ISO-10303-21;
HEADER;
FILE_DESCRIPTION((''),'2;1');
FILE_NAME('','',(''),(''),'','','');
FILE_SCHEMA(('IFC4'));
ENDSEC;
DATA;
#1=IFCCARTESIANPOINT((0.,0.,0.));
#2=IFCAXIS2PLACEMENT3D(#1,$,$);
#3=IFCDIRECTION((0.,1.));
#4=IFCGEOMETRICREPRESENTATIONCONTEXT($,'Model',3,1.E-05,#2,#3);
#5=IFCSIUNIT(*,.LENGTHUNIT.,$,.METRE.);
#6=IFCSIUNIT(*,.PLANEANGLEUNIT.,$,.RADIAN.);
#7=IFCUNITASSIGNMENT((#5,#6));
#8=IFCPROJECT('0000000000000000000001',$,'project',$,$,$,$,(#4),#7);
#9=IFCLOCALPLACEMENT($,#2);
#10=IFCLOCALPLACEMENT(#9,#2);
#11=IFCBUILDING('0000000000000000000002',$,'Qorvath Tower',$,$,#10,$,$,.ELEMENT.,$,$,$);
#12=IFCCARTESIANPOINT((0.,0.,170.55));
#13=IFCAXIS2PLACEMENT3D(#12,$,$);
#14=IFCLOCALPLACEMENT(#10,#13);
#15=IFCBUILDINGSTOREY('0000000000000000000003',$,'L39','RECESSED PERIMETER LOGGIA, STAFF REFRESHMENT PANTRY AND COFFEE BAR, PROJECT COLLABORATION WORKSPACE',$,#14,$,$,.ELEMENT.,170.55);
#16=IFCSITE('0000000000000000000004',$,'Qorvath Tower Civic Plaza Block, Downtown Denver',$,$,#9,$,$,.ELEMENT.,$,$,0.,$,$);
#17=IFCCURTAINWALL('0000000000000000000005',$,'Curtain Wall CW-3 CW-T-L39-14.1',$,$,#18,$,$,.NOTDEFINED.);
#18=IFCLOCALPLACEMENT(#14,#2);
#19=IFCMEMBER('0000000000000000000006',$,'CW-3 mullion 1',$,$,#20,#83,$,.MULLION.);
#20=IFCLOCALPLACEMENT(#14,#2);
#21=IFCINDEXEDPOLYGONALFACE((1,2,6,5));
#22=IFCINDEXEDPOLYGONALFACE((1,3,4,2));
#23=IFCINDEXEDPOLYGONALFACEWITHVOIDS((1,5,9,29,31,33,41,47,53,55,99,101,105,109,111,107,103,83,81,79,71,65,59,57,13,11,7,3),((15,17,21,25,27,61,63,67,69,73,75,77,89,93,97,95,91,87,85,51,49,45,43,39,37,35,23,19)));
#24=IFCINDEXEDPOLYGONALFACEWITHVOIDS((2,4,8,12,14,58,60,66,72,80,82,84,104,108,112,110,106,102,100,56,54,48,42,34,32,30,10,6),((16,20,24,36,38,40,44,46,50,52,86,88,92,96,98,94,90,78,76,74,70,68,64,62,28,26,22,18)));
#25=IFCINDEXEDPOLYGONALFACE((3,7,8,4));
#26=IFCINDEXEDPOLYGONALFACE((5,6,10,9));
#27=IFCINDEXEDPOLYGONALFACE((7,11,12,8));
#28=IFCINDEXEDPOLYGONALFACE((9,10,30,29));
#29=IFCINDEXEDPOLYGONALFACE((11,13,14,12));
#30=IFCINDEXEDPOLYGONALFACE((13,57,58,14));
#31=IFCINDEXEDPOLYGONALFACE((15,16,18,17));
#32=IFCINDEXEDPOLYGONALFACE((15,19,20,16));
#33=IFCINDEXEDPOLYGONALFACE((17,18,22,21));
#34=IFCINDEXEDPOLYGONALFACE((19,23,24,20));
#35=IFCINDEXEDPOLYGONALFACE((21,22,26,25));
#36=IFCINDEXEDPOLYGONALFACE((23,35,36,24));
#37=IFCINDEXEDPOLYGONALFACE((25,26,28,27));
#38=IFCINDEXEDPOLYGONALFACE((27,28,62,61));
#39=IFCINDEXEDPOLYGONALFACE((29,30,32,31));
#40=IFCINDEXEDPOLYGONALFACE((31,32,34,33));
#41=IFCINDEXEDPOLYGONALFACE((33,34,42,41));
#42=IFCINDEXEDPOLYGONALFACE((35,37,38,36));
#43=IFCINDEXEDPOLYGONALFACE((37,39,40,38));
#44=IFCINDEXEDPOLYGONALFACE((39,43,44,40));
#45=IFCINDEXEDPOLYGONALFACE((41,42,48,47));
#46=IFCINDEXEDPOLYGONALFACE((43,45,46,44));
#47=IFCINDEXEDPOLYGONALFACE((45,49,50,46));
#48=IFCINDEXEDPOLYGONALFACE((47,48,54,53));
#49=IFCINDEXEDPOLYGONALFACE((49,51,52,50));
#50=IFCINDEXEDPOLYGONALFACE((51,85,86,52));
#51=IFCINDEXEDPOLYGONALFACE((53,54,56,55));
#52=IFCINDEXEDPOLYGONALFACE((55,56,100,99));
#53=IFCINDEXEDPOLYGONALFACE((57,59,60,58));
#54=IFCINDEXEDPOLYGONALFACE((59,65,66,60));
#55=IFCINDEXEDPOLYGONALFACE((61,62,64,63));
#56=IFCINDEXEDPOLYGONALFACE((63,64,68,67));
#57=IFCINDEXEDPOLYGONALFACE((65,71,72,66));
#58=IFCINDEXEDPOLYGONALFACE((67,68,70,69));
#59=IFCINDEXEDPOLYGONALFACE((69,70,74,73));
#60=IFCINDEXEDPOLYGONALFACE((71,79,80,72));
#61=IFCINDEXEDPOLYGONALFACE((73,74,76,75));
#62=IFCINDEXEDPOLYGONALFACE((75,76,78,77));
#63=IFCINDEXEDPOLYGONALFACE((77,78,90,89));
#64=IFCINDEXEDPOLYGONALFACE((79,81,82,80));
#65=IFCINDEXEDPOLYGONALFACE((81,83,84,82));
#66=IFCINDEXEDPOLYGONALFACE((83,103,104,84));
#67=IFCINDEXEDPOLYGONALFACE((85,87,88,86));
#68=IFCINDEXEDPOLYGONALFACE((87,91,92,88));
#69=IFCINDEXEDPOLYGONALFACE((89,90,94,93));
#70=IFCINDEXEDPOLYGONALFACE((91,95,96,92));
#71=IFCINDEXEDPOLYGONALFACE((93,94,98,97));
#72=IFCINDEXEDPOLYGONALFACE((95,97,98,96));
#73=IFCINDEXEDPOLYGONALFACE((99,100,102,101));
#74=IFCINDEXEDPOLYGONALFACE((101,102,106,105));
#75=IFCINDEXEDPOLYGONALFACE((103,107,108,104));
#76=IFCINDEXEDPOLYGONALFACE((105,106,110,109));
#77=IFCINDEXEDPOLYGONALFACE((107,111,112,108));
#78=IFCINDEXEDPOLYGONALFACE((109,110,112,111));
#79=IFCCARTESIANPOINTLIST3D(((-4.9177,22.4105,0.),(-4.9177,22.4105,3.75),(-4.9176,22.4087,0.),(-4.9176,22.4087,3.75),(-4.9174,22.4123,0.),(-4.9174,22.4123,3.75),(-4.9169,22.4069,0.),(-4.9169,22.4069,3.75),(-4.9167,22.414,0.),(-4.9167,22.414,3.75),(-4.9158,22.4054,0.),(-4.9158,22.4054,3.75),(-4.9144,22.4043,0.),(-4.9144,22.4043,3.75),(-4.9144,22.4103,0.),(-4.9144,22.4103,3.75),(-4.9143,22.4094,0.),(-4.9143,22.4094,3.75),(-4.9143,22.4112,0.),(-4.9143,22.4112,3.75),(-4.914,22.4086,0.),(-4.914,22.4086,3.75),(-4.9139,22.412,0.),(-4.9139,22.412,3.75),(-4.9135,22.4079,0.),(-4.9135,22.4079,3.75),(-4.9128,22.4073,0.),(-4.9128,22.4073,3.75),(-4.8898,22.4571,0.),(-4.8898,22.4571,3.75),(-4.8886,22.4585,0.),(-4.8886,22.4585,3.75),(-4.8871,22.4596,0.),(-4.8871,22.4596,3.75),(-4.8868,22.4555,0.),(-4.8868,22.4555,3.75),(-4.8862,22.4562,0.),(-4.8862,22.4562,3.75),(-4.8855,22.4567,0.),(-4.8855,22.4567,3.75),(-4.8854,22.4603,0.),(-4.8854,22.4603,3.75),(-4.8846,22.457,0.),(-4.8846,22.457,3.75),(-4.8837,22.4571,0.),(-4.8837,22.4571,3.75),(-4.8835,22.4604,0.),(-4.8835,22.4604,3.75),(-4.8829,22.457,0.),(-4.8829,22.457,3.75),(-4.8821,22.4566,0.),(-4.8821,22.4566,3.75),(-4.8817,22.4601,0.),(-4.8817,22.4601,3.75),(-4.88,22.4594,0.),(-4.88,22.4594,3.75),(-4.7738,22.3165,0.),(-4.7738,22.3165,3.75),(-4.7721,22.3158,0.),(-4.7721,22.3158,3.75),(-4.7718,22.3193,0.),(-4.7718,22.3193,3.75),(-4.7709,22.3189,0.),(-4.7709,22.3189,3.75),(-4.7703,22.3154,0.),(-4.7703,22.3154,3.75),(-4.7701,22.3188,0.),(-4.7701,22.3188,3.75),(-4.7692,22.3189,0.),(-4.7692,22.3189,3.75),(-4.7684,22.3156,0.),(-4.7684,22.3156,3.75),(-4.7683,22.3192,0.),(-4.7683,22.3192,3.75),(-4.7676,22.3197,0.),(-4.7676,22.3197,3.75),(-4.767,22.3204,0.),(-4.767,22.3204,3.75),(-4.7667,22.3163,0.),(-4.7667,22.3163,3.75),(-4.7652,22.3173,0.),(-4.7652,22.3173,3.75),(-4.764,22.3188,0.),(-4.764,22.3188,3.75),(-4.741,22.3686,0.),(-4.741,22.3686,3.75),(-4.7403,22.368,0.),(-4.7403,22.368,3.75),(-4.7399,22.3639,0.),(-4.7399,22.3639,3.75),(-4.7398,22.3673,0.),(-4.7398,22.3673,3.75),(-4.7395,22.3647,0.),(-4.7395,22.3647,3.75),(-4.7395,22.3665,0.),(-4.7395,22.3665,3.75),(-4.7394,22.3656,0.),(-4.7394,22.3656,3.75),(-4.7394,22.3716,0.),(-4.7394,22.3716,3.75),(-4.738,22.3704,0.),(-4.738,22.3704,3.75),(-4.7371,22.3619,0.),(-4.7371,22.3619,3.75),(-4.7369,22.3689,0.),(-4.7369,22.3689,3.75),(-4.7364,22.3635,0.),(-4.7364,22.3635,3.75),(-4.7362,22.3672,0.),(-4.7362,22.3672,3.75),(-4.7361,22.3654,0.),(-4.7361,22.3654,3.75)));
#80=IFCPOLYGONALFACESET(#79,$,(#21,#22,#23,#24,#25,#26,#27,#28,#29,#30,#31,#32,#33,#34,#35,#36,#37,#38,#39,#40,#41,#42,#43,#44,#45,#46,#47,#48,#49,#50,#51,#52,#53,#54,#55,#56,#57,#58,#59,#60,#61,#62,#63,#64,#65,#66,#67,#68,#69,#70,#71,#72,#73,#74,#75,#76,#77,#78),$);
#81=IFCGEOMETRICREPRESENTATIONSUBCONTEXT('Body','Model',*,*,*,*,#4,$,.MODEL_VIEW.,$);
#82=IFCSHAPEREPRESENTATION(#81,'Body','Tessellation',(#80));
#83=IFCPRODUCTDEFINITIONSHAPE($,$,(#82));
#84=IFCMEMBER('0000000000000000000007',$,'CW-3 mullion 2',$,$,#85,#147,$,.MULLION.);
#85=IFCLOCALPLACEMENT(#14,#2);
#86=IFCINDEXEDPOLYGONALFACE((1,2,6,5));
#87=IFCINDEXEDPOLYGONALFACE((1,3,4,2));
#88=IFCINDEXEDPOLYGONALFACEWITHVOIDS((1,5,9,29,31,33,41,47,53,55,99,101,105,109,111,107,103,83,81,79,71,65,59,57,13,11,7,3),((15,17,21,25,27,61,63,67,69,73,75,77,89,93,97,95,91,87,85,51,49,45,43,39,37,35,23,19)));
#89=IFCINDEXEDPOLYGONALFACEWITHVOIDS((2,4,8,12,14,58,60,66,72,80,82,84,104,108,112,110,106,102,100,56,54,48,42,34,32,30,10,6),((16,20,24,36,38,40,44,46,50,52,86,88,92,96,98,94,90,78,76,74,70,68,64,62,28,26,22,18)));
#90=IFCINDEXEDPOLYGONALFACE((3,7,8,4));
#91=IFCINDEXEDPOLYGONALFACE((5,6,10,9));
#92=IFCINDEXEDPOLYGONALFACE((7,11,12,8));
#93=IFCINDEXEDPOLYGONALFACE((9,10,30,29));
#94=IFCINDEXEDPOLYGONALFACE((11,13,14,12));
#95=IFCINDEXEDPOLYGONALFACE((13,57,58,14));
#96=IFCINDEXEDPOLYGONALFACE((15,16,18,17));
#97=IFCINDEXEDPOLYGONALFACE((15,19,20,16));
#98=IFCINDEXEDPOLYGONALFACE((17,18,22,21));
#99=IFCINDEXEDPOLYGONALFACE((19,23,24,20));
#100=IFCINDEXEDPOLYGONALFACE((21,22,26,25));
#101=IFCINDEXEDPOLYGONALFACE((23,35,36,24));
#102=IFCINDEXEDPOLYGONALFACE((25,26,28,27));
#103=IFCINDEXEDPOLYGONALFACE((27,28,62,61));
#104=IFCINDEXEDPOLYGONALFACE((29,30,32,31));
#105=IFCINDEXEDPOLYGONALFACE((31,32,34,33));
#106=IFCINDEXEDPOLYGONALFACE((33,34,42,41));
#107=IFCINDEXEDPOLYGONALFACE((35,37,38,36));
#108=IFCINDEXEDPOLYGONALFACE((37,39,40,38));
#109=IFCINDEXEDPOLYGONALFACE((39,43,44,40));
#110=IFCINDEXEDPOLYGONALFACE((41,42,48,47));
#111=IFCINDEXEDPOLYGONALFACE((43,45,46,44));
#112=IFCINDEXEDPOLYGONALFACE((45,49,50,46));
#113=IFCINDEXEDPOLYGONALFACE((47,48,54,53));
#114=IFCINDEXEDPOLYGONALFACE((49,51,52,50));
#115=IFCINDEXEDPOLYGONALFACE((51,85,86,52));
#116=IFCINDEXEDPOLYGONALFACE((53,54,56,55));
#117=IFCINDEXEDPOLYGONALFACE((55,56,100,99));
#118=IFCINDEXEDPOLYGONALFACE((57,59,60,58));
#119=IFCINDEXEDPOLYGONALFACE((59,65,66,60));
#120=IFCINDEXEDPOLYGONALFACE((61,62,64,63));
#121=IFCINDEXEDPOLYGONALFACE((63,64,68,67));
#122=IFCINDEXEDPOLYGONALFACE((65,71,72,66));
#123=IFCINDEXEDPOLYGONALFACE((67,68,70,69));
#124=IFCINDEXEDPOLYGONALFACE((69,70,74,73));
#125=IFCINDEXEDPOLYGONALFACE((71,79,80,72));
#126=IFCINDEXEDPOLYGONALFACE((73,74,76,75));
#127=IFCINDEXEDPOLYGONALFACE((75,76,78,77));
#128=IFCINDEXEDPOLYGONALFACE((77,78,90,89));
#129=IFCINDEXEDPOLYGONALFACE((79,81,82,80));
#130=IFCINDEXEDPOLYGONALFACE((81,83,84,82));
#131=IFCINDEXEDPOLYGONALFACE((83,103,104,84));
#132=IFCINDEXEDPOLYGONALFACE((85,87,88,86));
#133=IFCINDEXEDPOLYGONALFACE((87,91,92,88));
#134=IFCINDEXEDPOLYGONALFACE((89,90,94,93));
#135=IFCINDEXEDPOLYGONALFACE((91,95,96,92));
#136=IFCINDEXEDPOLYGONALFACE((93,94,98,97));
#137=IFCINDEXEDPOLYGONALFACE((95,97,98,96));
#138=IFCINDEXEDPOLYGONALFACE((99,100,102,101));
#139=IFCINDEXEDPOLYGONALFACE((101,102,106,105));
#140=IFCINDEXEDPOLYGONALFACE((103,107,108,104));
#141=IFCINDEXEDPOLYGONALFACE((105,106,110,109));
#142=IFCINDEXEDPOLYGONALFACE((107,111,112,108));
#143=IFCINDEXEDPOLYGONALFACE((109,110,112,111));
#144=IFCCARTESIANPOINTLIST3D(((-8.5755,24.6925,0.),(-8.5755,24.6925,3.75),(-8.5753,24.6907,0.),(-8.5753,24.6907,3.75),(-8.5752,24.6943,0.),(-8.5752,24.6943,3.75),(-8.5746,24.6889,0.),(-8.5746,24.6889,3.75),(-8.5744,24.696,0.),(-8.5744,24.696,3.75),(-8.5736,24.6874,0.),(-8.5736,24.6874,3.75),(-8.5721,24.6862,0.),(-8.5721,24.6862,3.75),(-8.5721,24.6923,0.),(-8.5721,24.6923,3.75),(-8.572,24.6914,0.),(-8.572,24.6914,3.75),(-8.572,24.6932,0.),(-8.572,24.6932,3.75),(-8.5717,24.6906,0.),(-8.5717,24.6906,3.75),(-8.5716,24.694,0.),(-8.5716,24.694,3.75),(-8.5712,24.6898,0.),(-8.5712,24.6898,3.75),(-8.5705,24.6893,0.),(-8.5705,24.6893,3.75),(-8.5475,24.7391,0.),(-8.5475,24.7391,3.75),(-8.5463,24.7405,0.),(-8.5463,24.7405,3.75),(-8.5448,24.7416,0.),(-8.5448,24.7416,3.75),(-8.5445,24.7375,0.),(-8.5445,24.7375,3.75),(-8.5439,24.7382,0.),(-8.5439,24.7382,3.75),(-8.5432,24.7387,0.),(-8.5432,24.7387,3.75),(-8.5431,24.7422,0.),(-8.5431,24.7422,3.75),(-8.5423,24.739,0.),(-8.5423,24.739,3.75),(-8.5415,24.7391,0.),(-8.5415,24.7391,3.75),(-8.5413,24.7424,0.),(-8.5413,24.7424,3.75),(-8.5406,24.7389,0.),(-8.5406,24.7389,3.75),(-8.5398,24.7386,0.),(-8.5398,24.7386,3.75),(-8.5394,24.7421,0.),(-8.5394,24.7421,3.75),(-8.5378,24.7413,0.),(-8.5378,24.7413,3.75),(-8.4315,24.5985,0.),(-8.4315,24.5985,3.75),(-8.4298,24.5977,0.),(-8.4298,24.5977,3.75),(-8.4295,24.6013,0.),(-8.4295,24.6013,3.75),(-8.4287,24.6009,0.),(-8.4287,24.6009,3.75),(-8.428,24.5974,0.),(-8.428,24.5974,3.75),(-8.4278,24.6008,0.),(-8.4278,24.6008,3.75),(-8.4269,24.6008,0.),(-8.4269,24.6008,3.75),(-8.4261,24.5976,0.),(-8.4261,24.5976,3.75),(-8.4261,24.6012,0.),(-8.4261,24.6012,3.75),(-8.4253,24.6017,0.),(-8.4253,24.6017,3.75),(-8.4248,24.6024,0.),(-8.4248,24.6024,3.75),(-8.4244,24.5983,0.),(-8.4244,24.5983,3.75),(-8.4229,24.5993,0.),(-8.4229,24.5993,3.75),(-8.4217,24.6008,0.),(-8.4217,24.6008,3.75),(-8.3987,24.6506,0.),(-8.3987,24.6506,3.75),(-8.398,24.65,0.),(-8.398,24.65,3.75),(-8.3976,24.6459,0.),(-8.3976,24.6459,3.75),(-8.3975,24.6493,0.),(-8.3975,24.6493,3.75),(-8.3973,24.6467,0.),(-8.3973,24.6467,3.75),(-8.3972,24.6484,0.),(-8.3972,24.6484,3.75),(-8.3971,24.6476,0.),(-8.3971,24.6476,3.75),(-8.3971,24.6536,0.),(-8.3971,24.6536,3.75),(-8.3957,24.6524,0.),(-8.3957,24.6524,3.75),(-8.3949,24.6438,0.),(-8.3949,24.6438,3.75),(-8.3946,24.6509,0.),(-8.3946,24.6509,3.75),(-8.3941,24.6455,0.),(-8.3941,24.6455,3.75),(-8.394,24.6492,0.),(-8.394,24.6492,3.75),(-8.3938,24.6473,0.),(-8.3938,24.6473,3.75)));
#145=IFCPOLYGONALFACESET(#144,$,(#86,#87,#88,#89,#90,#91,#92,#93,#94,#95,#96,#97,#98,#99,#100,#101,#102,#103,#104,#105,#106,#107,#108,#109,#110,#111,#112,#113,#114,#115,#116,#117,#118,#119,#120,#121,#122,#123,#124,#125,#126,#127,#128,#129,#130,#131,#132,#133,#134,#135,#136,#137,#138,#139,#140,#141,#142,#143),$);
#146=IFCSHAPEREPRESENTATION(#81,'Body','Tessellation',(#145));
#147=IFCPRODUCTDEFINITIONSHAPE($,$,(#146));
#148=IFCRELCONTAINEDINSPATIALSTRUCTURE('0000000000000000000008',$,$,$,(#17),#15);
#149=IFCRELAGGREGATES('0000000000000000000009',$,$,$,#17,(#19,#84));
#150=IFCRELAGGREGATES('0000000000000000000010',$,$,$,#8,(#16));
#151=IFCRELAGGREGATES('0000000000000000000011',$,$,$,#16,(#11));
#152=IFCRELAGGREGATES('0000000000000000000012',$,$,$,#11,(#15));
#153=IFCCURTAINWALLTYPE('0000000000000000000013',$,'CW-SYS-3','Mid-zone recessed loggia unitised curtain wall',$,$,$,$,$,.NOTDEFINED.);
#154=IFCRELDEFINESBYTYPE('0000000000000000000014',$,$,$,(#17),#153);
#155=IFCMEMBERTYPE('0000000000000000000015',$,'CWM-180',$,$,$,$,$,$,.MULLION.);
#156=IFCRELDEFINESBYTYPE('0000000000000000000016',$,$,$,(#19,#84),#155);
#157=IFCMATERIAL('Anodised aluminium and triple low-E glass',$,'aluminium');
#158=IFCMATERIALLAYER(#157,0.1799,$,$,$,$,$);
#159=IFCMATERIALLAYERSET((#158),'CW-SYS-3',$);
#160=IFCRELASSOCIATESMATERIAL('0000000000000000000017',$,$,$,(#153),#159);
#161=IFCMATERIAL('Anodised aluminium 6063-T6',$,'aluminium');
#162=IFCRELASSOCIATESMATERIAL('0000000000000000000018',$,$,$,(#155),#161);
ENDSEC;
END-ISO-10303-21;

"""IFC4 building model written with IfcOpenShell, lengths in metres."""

from ifc_helpers import new_model, si_unit, direction, frame, origin, origin_2d, place, context, subcontext, project, spatial, hollow_rectangle, extrude, material, layer, layer_set, material_profile, profile_set, type_object, element, aggregate, save


model = new_model("IFC4")

# Units and contexts
model_context = context("Model", 3, precision=1e-05, world=origin(), true_north=direction((0.0, 1.0)))
body_context = subcontext(model_context, "Body", "Model", "MODEL_VIEW")
ifc_project = project(units=[si_unit("LENGTHUNIT", "METRE"), si_unit("PLANEANGLEUNIT", "RADIAN")], contexts=[model_context])

# Site, building, storey
site_placement = place(None, origin())
site = spatial("IfcSite", under=ifc_project, at=site_placement, Name="Qorvath Tower Civic Plaza Block, Downtown Denver", CompositionType="ELEMENT", RefElevation=0.0)
building_placement = place(site_placement, origin())
building = spatial("IfcBuilding", under=site, at=building_placement, Name="Qorvath Tower", CompositionType="ELEMENT")
storey_placement = place(building_placement, frame((0.0, 0.0, 170.55)))
storey = spatial("IfcBuildingStorey", under=building, at=storey_placement, Name="L39", Description="RECESSED PERIMETER LOGGIA, STAFF REFRESHMENT PANTRY AND COFFEE BAR, PROJECT COLLABORATION WORKSPACE", CompositionType="ELEMENT", Elevation=170.55)

# Shared definitions
ifc_material_1 = material(Name="Anodised aluminium and triple low-E glass", Category="aluminium")
ifc_layer_1 = layer(ifc_material_1, 0.1799)
ifc_layer_set_1 = layer_set([ifc_layer_1], Name="CW-SYS-3")
curtain_wall_type = type_object("IfcCurtainWallType", Name="CW-SYS-3", Description="Mid-zone recessed loggia unitised curtain wall", PredefinedType="NOTDEFINED", material=ifc_layer_set_1)
ifc_material_2 = material(Name="Anodised aluminium 6063-T6", Category="aluminium")
ifc_material_profile_1 = material_profile(ifc_material_2, hollow_rectangle(XDim=0.0649, YDim=0.1799, WallThickness=0.0034, InnerFilletRadius=0.0034, OuterFilletRadius=0.0071, at=origin_2d()), Name="CWM 180x65")
ifc_profile_set_1 = profile_set([ifc_material_profile_1], Name="Anodised aluminium 6063-T6")
member_type_1 = type_object("IfcMemberType", Name="CWM-180", PredefinedType="MULLION", material=ifc_profile_set_1)

# Curtain wall, members
curtain_wall_1_placement = place(storey_placement, origin())
curtain_wall_1 = element("IfcCurtainWall", 1, at=curtain_wall_1_placement, inside=storey, type_object=curtain_wall_type, Name="Curtain Wall CW-3 CW-T-L39-14.1", PredefinedType="NOTDEFINED")
member_1_placement = place(storey_placement, frame((-4.8269, 22.3879, 0.0), z_axis=(0.0, 0.0, 1.0), x_axis=(-0.529328, -0.848417, 0.0)))
member_1 = element("IfcMember", 2, at=member_1_placement, type_object=member_type_1, Name="CW-3 mullion 1", PredefinedType="MULLION", context=body_context, shape_type="SweptSolid", body=[
    extrude(hollow_rectangle(XDim=0.0649, YDim=0.1799, WallThickness=0.0034, InnerFilletRadius=0.0034, OuterFilletRadius=0.0071, at=origin_2d()), origin(), (0.0, 0.0, 1.0), 3.75),
])
member_2_placement = place(storey_placement, frame((-8.4846, 24.6699, 0.0), z_axis=(0.0, 0.0, 1.0), x_axis=(-0.529328, -0.848417, 0.0)))
member_2 = element("IfcMember", 3, at=member_2_placement, type_object=member_type_1, Name="CW-3 mullion 2", PredefinedType="MULLION", context=body_context, shape_type="SweptSolid", body=[
    extrude(hollow_rectangle(XDim=0.0649, YDim=0.1799, WallThickness=0.0034, InnerFilletRadius=0.0034, OuterFilletRadius=0.0071, at=origin_2d()), origin(), (0.0, 0.0, 1.0), 3.75),
])

aggregate(curtain_wall_1, [member_1, member_2])

save(model, "model.ifc")
